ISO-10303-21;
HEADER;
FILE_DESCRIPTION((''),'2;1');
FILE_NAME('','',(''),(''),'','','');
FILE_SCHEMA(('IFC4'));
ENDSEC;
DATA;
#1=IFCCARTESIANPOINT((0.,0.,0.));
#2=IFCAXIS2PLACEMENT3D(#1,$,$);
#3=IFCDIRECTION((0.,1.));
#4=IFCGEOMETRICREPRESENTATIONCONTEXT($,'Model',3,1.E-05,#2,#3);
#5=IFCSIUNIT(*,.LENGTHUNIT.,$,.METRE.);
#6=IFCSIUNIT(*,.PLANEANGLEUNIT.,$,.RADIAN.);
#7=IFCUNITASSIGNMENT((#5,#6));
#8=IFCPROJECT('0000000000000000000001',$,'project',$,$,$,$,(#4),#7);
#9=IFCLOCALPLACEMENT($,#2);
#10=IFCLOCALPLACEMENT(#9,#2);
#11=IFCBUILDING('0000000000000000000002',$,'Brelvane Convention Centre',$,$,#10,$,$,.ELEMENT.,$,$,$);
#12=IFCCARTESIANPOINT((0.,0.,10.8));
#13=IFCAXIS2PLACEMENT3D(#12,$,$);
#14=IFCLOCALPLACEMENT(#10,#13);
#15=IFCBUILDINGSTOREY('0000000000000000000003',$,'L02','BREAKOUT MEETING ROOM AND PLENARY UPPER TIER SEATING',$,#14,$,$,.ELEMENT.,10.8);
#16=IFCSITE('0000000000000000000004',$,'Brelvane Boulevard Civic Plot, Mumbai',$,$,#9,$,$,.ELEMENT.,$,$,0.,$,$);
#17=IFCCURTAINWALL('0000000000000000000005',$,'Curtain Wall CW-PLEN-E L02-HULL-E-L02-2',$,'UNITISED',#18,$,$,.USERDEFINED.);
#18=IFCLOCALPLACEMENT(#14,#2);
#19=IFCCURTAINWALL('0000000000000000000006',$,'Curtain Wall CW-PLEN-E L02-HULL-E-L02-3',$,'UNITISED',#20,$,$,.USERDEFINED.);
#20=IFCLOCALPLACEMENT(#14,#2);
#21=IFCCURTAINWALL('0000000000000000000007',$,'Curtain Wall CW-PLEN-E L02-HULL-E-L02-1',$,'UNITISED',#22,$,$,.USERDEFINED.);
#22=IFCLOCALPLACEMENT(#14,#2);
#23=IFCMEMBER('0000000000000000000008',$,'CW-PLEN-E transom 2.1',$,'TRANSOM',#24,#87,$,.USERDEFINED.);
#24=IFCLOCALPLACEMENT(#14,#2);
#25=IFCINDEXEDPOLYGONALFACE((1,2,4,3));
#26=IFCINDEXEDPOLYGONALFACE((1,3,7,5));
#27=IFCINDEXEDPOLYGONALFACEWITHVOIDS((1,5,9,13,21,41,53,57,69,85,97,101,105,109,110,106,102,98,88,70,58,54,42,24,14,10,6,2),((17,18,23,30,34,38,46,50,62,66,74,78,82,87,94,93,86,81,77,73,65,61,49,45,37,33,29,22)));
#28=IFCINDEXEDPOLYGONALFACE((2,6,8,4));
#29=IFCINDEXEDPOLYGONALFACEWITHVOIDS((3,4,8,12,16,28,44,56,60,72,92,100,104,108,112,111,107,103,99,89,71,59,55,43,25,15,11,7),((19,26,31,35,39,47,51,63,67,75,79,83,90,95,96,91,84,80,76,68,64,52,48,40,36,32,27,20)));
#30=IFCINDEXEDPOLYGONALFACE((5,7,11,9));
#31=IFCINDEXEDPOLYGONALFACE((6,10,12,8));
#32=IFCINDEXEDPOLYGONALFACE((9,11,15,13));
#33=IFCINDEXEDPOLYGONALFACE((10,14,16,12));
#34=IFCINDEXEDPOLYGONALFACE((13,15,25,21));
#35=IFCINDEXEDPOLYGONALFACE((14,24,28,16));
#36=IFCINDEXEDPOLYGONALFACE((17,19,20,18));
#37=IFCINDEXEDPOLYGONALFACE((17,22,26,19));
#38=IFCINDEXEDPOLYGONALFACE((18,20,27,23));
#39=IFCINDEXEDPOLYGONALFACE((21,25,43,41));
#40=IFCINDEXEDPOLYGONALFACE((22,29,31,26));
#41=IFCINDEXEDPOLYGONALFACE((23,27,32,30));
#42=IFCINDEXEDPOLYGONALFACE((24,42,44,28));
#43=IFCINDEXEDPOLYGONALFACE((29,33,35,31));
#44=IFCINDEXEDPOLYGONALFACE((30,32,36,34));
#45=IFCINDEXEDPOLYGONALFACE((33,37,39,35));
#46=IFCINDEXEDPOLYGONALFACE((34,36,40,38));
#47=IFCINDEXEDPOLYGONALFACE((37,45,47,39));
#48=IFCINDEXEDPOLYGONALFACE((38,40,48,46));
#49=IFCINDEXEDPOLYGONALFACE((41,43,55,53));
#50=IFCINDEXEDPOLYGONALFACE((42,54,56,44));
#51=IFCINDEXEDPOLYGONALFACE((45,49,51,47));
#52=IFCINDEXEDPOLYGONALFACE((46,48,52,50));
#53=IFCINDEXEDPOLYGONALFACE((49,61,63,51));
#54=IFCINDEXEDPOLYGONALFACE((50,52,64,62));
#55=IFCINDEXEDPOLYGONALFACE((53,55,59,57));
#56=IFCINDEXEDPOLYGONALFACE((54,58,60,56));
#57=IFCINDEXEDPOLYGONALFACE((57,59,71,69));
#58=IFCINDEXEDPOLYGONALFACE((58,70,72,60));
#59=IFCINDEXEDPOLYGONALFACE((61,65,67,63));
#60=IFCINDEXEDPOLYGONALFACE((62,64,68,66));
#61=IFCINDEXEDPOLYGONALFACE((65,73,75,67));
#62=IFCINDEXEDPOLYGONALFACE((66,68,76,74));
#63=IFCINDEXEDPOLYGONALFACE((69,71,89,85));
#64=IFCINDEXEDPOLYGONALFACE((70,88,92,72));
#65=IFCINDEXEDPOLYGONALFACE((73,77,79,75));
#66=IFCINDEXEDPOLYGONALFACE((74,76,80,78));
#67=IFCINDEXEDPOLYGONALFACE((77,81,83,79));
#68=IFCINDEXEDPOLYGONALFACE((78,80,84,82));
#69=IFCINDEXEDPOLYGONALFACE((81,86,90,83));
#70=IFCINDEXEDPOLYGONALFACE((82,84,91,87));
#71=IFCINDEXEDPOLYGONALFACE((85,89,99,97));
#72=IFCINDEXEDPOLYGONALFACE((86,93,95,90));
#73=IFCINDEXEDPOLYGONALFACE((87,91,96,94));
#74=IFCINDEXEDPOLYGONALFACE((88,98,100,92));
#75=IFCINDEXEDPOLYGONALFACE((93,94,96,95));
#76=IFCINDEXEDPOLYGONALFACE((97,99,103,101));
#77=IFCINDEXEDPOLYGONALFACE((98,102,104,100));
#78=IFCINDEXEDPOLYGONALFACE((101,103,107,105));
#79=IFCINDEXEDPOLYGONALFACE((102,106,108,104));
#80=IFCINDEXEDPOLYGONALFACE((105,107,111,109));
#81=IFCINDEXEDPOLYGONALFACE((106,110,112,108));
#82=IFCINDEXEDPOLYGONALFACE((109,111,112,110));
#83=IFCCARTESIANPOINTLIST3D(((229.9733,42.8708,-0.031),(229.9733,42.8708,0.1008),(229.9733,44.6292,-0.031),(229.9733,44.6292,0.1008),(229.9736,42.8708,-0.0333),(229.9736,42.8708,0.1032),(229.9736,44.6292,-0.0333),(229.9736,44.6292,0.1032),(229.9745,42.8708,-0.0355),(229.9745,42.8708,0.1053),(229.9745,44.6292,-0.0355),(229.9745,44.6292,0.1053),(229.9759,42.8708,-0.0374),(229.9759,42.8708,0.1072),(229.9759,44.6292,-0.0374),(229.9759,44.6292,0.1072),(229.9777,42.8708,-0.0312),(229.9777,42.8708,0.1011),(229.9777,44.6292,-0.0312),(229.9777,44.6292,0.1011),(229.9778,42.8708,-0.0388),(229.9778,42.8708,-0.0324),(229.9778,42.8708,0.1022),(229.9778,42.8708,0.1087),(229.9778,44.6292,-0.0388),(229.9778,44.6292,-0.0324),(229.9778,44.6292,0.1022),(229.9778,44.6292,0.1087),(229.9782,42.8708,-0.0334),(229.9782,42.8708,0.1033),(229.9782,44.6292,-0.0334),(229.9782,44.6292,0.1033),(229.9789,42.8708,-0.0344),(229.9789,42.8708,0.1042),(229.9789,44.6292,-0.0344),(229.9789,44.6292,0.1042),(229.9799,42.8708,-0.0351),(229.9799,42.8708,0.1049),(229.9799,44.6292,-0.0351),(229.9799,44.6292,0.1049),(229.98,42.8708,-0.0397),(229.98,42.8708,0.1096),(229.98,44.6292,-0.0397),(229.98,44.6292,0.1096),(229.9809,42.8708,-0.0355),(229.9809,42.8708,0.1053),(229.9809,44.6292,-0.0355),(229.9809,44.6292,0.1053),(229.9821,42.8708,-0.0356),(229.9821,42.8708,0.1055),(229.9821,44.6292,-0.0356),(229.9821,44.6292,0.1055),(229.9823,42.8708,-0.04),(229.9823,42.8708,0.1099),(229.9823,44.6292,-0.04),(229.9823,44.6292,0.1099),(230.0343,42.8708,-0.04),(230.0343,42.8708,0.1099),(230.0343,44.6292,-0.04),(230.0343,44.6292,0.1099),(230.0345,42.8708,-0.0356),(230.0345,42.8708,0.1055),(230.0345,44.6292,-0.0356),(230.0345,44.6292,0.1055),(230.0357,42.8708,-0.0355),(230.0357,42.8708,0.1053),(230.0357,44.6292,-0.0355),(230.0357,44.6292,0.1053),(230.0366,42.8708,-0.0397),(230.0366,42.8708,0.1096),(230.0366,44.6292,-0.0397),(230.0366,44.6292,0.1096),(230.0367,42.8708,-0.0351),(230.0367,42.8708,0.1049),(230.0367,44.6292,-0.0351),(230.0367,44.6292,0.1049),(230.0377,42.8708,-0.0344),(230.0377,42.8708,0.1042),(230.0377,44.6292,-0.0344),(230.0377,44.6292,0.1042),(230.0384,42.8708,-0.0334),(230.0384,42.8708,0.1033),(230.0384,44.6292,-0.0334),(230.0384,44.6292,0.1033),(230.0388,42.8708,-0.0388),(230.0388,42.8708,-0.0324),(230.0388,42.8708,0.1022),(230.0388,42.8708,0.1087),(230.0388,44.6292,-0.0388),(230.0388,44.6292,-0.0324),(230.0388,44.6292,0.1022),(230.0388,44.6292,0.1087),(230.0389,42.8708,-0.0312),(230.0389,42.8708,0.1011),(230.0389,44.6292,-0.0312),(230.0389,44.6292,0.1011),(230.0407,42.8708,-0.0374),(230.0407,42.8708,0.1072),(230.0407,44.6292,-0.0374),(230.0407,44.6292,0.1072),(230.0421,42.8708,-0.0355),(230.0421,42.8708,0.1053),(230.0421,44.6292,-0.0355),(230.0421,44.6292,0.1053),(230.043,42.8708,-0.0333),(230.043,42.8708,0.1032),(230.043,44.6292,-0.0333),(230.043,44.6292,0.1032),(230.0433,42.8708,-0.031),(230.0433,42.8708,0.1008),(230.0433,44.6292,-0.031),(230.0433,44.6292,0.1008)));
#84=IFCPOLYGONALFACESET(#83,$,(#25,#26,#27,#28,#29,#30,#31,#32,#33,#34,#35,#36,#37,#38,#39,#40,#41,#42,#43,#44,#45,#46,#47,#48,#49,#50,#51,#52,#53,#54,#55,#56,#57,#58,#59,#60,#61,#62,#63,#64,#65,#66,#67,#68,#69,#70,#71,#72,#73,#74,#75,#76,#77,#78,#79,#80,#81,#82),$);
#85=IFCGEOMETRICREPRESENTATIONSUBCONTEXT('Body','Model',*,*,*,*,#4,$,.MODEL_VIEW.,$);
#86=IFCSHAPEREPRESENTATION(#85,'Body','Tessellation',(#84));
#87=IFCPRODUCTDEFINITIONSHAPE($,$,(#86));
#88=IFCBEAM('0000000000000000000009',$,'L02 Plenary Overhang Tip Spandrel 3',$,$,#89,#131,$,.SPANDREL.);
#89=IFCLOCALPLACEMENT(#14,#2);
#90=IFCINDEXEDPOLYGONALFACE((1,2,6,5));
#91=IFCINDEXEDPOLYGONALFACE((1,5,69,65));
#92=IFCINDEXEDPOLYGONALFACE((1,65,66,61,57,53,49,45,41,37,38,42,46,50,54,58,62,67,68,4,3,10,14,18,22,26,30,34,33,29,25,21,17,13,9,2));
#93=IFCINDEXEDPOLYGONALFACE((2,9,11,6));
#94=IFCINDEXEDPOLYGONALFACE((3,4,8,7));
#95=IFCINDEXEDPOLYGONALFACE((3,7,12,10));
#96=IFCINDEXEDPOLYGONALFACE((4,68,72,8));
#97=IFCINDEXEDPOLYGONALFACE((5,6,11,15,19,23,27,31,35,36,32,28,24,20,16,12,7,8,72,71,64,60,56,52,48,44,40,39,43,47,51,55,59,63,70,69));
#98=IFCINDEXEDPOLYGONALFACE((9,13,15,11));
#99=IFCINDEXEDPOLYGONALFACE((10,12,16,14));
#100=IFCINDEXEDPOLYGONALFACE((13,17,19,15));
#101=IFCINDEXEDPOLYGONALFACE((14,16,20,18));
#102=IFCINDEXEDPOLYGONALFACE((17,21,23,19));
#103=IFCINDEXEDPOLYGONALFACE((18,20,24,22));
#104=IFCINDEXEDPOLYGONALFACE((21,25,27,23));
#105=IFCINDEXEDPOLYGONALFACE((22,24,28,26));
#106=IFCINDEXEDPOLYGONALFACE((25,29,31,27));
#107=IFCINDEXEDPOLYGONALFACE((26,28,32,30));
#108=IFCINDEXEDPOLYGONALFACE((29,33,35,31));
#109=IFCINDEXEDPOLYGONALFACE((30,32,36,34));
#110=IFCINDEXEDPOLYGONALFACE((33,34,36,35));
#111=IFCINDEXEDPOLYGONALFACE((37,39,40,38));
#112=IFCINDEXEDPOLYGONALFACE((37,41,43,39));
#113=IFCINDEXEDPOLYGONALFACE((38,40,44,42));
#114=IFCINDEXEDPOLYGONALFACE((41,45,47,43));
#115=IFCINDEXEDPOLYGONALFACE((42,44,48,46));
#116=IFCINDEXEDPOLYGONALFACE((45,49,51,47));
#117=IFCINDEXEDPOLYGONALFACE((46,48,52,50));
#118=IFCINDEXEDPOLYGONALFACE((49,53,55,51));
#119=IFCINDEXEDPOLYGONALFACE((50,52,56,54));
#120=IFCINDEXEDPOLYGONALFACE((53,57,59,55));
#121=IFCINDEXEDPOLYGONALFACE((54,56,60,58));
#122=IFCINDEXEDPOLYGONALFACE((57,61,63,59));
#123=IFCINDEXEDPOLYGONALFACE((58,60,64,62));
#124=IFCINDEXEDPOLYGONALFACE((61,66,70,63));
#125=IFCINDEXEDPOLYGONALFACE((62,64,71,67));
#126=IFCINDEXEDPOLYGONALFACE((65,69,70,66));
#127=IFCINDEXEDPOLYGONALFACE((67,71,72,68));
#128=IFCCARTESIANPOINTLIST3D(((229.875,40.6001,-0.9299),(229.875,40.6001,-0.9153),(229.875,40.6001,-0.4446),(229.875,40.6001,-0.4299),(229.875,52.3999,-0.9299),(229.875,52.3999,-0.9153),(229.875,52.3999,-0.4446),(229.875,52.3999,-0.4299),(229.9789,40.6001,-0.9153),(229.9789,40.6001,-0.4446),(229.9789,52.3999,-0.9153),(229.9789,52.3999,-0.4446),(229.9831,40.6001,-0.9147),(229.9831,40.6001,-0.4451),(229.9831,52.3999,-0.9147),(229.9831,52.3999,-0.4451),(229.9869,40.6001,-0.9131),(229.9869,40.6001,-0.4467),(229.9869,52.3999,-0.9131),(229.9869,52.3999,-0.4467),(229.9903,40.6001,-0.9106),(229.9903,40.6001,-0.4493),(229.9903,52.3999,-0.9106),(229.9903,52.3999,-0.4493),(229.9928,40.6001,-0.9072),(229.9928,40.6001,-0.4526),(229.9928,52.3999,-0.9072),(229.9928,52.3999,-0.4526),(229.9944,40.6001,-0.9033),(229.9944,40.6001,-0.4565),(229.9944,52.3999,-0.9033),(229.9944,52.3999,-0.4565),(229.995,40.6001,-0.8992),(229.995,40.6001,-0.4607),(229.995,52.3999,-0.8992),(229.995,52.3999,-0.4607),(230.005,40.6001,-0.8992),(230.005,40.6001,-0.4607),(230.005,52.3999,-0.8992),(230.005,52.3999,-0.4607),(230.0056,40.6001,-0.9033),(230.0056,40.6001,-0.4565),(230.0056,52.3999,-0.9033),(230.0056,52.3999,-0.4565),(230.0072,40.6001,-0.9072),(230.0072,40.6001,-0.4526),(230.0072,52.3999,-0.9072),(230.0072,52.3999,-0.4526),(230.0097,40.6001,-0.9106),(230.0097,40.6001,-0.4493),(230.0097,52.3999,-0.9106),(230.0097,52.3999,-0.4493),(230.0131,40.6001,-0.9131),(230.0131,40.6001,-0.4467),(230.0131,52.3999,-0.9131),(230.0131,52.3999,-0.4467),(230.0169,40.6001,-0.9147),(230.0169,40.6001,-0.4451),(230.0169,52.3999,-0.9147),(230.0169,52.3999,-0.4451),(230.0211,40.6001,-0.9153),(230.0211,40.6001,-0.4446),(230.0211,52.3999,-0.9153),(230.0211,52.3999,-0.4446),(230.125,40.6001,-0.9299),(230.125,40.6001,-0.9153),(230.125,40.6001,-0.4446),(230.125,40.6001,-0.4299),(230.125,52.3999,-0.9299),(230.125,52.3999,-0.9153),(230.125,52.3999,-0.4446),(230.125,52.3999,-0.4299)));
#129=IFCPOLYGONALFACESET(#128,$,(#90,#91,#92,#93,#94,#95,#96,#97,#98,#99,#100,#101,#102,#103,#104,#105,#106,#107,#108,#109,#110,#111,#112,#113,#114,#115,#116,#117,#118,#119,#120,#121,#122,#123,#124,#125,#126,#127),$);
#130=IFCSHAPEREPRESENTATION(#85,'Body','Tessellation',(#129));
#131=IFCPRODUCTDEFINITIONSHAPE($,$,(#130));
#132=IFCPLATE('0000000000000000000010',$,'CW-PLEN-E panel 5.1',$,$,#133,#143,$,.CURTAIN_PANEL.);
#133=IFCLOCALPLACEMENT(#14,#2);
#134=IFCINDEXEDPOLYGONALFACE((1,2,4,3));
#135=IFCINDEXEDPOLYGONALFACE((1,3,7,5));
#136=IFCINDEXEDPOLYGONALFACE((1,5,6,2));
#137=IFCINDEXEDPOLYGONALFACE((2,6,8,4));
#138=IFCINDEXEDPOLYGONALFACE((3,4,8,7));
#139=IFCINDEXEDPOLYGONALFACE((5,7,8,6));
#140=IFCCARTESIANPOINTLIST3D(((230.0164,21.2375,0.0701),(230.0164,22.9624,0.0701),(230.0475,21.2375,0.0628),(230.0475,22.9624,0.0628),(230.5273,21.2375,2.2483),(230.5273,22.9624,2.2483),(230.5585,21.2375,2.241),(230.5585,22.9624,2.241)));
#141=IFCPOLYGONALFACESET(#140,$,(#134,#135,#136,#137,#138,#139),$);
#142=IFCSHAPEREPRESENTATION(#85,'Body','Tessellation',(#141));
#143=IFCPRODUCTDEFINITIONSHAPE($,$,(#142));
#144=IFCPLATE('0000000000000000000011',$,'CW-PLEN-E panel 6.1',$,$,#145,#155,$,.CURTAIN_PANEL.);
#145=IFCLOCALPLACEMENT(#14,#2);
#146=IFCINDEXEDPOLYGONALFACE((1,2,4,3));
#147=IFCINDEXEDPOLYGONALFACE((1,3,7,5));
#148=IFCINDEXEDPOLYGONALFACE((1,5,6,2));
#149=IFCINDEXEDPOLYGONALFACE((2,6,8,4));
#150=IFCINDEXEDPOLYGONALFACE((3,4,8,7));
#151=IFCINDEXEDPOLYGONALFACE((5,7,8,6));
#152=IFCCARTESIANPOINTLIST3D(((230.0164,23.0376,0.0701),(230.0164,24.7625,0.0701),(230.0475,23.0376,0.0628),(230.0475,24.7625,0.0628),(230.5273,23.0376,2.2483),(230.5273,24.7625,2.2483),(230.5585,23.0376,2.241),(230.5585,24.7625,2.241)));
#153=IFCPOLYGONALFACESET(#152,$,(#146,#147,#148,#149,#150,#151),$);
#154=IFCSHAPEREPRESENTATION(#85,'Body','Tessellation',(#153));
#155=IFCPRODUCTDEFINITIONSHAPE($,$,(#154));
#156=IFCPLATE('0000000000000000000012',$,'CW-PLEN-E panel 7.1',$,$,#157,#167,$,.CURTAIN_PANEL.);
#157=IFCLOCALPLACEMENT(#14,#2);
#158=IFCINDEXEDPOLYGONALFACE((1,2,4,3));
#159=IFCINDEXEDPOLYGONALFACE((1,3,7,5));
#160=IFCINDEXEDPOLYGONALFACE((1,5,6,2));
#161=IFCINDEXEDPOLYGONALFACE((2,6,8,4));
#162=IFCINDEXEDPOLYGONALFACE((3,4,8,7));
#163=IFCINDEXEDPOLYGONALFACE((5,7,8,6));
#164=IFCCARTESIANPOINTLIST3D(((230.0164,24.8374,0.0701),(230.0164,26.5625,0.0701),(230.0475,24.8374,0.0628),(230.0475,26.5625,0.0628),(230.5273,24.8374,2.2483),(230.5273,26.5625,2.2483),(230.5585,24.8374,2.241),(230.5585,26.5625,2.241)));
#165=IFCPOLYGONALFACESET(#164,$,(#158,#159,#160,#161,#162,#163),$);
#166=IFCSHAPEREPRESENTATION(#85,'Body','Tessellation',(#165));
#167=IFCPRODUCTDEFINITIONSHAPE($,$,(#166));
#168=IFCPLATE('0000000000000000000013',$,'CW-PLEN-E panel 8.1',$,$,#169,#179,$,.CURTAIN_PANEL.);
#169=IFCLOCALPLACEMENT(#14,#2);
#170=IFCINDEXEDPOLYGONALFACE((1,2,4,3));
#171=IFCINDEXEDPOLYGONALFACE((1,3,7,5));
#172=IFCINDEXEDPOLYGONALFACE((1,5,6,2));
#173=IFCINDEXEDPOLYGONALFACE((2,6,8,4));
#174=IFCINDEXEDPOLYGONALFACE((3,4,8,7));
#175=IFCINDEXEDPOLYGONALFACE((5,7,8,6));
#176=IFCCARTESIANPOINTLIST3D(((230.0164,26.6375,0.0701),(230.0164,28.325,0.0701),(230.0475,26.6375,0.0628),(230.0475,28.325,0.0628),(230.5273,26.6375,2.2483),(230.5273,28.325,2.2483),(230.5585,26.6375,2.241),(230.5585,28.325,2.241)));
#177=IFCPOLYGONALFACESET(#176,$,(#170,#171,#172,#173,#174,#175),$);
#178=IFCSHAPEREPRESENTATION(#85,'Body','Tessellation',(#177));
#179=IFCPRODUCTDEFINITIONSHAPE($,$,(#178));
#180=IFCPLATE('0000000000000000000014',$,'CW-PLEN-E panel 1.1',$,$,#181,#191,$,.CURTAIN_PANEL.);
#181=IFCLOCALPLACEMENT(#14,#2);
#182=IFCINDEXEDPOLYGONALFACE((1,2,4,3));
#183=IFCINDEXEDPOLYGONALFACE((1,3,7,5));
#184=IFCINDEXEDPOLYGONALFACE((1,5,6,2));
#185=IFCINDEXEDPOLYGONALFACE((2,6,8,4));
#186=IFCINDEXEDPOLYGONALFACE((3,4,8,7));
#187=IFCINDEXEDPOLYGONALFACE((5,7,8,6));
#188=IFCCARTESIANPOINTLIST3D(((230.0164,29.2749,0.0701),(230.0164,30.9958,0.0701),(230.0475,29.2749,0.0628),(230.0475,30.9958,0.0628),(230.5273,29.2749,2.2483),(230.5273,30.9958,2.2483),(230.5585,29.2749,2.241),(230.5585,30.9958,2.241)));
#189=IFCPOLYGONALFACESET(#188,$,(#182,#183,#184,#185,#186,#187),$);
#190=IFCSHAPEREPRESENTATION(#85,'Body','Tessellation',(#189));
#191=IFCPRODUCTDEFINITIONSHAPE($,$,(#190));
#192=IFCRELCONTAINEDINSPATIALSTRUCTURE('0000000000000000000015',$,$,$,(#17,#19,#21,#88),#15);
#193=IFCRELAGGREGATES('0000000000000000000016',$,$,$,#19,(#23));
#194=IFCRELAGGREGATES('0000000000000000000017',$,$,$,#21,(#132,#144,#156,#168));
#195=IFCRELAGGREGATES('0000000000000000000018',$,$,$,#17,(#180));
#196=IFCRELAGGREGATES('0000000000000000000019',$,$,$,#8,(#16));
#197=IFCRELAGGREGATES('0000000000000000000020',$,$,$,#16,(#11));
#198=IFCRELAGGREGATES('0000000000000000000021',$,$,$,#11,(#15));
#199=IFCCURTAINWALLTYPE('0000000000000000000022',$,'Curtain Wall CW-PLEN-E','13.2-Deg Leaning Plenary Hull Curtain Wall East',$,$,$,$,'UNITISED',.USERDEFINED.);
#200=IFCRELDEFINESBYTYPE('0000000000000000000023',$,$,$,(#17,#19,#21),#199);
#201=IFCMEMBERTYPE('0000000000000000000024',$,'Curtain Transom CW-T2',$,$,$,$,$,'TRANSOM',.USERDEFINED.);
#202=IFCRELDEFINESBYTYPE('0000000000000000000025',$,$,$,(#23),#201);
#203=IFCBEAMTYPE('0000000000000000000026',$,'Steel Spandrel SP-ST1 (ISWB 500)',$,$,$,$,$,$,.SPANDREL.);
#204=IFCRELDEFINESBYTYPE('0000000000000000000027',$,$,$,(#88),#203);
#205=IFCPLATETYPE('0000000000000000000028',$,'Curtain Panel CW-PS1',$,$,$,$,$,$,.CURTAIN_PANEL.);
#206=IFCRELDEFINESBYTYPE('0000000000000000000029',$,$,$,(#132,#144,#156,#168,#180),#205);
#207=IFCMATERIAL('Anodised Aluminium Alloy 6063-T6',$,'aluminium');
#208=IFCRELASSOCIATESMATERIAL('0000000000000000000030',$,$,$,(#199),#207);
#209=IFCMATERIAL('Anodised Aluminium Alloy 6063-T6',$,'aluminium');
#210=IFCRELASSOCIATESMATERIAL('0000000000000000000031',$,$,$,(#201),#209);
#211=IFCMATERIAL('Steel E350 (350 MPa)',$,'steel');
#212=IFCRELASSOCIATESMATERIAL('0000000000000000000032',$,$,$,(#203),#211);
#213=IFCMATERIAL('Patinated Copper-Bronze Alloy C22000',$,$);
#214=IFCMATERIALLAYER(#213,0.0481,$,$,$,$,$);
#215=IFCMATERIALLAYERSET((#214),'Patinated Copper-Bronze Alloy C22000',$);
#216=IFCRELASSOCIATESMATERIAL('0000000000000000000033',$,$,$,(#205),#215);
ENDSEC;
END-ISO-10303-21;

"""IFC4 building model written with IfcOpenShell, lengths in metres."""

from ifc_helpers import new_model, si_unit, direction, frame, origin, origin_2d, place, context, subcontext, project, spatial, polyline, hollow_rectangle, i_section, outline, extrude, material, layer, layer_set, material_profile, profile_set, type_object, element, aggregate, save


model = new_model("IFC4")

# Units and contexts
model_context = context("Model", 3, precision=1e-05, world=origin(), true_north=direction((0.0, 1.0)))
body_context = subcontext(model_context, "Body", "Model", "MODEL_VIEW")
ifc_project = project(units=[si_unit("LENGTHUNIT", "METRE"), si_unit("PLANEANGLEUNIT", "RADIAN")], contexts=[model_context])

# Site, building, storey
site_placement = place(None, origin())
site = spatial("IfcSite", under=ifc_project, at=site_placement, Name="Brelvane Boulevard Civic Plot, Mumbai", CompositionType="ELEMENT", RefElevation=0.0)
building_placement = place(site_placement, origin())
building = spatial("IfcBuilding", under=site, at=building_placement, Name="Brelvane Convention Centre", CompositionType="ELEMENT")
storey_placement = place(building_placement, frame((0.0, 0.0, 10.8)))
storey = spatial("IfcBuildingStorey", under=building, at=storey_placement, Name="L02", Description="BREAKOUT MEETING ROOM AND PLENARY UPPER TIER SEATING", CompositionType="ELEMENT", Elevation=10.8)

# Curtain walls
ifc_material_1 = material(Name="Anodised Aluminium Alloy 6063-T6", Category="aluminium")
curtain_wall_type = type_object("IfcCurtainWallType", Name="Curtain Wall CW-PLEN-E", Description="13.2-Deg Leaning Plenary Hull Curtain Wall East", ElementType="UNITISED", PredefinedType="USERDEFINED", material=ifc_material_1)
curtain_wall_1_placement = place(storey_placement, origin())
curtain_wall_1 = element("IfcCurtainWall", 1, at=curtain_wall_1_placement, inside=storey, type_object=curtain_wall_type, Name="Curtain Wall CW-PLEN-E L02-HULL-E-L02-2", ObjectType="UNITISED", PredefinedType="USERDEFINED")
curtain_wall_2_placement = place(storey_placement, origin())
curtain_wall_2 = element("IfcCurtainWall", 2, at=curtain_wall_2_placement, inside=storey, type_object=curtain_wall_type, Name="Curtain Wall CW-PLEN-E L02-HULL-E-L02-3", ObjectType="UNITISED", PredefinedType="USERDEFINED")
curtain_wall_3_placement = place(storey_placement, origin())
curtain_wall_3 = element("IfcCurtainWall", 3, at=curtain_wall_3_placement, inside=storey, type_object=curtain_wall_type, Name="Curtain Wall CW-PLEN-E L02-HULL-E-L02-1", ObjectType="UNITISED", PredefinedType="USERDEFINED")
ifc_material_2 = material(Name="Anodised Aluminium Alloy 6063-T6", Category="aluminium")
ifc_material_profile_1 = material_profile(ifc_material_2, hollow_rectangle(XDim=0.0701, YDim=0.1499, WallThickness=0.0044, InnerFilletRadius=0.0044, OuterFilletRadius=0.009, at=origin_2d()), Name="ALU-T 150x70x4.5")
ifc_profile_set_1 = profile_set([ifc_material_profile_1], Name="Anodised Aluminium Alloy 6063-T6")
member_type_1 = type_object("IfcMemberType", Name="Curtain Transom CW-T2", ElementType="TRANSOM", PredefinedType="USERDEFINED", material=ifc_profile_set_1)

# Member
member_1_placement = place(storey_placement, frame((230.0083, 42.8708, 0.0349), z_axis=(0.0, 1.0, 0.0), x_axis=(-1.0, 0.0, 0.0)))
member_1 = element("IfcMember", 4, at=member_1_placement, type_object=member_type_1, Name="CW-PLEN-E transom 2.1", ObjectType="TRANSOM", PredefinedType="USERDEFINED", context=body_context, shape_type="SweptSolid", body=[
    extrude(hollow_rectangle(XDim=0.0701, YDim=0.1499, WallThickness=0.0044, InnerFilletRadius=0.0044, OuterFilletRadius=0.009, at=origin_2d()), origin(), (0.0, 0.0, 1.0), 1.7583),
])
aggregate(curtain_wall_2, [member_1])

# Beam
ifc_material_3 = material(Name="Steel E350 (350 MPa)", Category="steel")
ifc_material_profile_2 = material_profile(ifc_material_3, i_section(OverallWidth=0.25, OverallDepth=0.5, WebThickness=0.01, FlangeThickness=0.0146, FilletRadius=0.0161, at=origin_2d()), Name="ISWB 500")
ifc_profile_set_2 = profile_set([ifc_material_profile_2], Name="Steel E350 (350 MPa)")
beam_type = type_object("IfcBeamType", Name="Steel Spandrel SP-ST1 (ISWB 500)", PredefinedType="SPANDREL", material=ifc_profile_set_2)
beam_placement = place(storey_placement, frame((230.0, 40.6001, -0.6799), z_axis=(0.0, 1.0, 0.0), x_axis=(-1.0, 0.0, 0.0)))
element("IfcBeam", 5, at=beam_placement, inside=storey, type_object=beam_type, Name="L02 Plenary Overhang Tip Spandrel 3", PredefinedType="SPANDREL", context=body_context, shape_type="SweptSolid", body=[
    extrude(i_section(OverallWidth=0.25, OverallDepth=0.5, WebThickness=0.01, FlangeThickness=0.0146, FilletRadius=0.0161, at=origin_2d()), origin(), (0.0, 0.0, 1.0), 11.7998),
])

# Plates
ifc_material_4 = material(Name="Patinated Copper-Bronze Alloy C22000")
ifc_layer_1 = layer(ifc_material_4, 0.0481)
ifc_layer_set_1 = layer_set([ifc_layer_1], Name="Patinated Copper-Bronze Alloy C22000")
plate_type_1 = type_object("IfcPlateType", Name="Curtain Panel CW-PS1", PredefinedType="CURTAIN_PANEL", material=ifc_layer_set_1)
plate_1_placement = place(storey_placement, frame((230.0164, 21.2375, 0.0701), z_axis=(-0.97357, 0.0, 0.228388), x_axis=(0.0, 1.0, 0.0)))
plate_1 = element("IfcPlate", 6, at=plate_1_placement, type_object=plate_type_1, Name="CW-PLEN-E panel 5.1", PredefinedType="CURTAIN_PANEL", context=body_context, shape_type="SweptSolid", body=[
    extrude(outline(polyline([(0.0, 0.0), (1.7249, 0.0), (1.7249, -2.2374), (0.0, -2.2374), (0.0, 0.0)])), origin(), (0.0, 0.0, -1.0), 0.032),
])
plate_2_placement = place(storey_placement, frame((230.0164, 23.0376, 0.0701), z_axis=(-0.97357, 0.0, 0.228388), x_axis=(0.0, 1.0, 0.0)))
plate_2 = element("IfcPlate", 7, at=plate_2_placement, type_object=plate_type_1, Name="CW-PLEN-E panel 6.1", PredefinedType="CURTAIN_PANEL", context=body_context, shape_type="SweptSolid", body=[
    extrude(outline(polyline([(0.0, 0.0), (1.7249, 0.0), (1.7249, -2.2374), (0.0, -2.2374), (0.0, 0.0)])), origin(), (0.0, 0.0, -1.0), 0.032),
])
plate_3_placement = place(storey_placement, frame((230.0164, 24.8374, 0.0701), z_axis=(-0.97357, 0.0, 0.228388), x_axis=(0.0, 1.0, 0.0)))
plate_3 = element("IfcPlate", 8, at=plate_3_placement, type_object=plate_type_1, Name="CW-PLEN-E panel 7.1", PredefinedType="CURTAIN_PANEL", context=body_context, shape_type="SweptSolid", body=[
    extrude(outline(polyline([(0.0, 0.0), (1.7251, 0.0), (1.7251, -2.2374), (0.0, -2.2374), (0.0, 0.0)])), origin(), (0.0, 0.0, -1.0), 0.032),
])
plate_4_placement = place(storey_placement, frame((230.0164, 26.6375, 0.0701), z_axis=(-0.97357, 0.0, 0.228388), x_axis=(0.0, 1.0, 0.0)))
plate_4 = element("IfcPlate", 9, at=plate_4_placement, type_object=plate_type_1, Name="CW-PLEN-E panel 8.1", PredefinedType="CURTAIN_PANEL", context=body_context, shape_type="SweptSolid", body=[
    extrude(outline(polyline([(0.0, 0.0), (1.6875, 0.0), (1.6875, -2.2374), (0.0, -2.2374), (0.0, 0.0)])), origin(), (0.0, 0.0, -1.0), 0.032),
])
aggregate(curtain_wall_3, [plate_1, plate_2, plate_3, plate_4])
plate_5_placement = place(storey_placement, frame((230.0164, 29.2749, 0.0701), z_axis=(-0.97357, 0.0, 0.228388), x_axis=(0.0, 1.0, 0.0)))
plate_5 = element("IfcPlate", 10, at=plate_5_placement, type_object=plate_type_1, Name="CW-PLEN-E panel 1.1", PredefinedType="CURTAIN_PANEL", context=body_context, shape_type="SweptSolid", body=[
    extrude(outline(polyline([(0.0, 0.0), (1.7209, 0.0), (1.7209, -2.2374), (0.0, -2.2374), (0.0, 0.0)])), origin(), (0.0, 0.0, -1.0), 0.032),
])
aggregate(curtain_wall_1, [plate_5])

save(model, "model.ifc")
